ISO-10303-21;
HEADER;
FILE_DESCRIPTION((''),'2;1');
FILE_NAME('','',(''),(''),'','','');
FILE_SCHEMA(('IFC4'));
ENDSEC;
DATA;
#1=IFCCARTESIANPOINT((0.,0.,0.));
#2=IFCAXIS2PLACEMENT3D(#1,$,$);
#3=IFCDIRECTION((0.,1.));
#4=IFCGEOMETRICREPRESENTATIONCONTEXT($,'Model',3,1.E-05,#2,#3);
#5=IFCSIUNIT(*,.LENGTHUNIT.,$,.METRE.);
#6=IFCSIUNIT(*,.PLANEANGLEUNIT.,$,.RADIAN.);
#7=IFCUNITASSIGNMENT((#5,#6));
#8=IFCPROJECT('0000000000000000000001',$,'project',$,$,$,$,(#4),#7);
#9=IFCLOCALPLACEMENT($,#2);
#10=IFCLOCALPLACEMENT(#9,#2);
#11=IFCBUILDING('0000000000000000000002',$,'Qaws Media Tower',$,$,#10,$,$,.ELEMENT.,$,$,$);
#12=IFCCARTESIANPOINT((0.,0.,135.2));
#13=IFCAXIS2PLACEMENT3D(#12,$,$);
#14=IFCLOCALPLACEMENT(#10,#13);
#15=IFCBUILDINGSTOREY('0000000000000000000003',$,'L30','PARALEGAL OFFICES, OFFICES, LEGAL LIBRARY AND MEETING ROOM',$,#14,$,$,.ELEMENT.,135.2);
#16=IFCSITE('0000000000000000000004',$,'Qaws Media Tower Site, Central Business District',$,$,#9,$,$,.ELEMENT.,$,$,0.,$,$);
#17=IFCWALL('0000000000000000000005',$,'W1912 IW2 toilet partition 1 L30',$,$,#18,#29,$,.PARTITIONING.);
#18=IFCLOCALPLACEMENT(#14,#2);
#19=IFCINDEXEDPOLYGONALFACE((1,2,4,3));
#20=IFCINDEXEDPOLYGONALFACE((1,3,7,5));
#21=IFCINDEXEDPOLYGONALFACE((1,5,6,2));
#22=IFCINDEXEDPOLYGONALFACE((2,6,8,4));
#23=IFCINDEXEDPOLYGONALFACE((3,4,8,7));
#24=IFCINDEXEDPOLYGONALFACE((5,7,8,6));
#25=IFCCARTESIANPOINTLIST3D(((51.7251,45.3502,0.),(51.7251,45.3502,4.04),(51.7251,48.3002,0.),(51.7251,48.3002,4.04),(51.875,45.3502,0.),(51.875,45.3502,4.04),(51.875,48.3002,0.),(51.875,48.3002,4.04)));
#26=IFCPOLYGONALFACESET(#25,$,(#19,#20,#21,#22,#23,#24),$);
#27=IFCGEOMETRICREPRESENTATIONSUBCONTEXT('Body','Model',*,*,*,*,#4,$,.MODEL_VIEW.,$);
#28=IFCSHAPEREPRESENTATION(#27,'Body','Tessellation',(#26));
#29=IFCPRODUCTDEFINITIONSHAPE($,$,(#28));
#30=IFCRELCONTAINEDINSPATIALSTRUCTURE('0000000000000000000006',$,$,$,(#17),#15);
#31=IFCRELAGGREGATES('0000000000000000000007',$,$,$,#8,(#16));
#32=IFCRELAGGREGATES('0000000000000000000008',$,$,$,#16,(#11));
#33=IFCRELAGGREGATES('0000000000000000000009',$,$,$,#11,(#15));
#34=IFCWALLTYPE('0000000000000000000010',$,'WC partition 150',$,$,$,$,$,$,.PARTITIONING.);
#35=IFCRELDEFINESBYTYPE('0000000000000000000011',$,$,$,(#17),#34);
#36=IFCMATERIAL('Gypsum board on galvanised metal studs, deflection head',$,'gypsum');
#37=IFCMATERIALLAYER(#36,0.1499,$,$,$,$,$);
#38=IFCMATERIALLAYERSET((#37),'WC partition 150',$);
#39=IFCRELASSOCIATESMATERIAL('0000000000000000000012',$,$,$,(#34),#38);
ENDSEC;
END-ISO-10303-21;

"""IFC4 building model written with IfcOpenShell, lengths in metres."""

from ifc_helpers import new_model, si_unit, direction, frame, frame_2d, origin, place, context, subcontext, project, spatial, rectangle, extrude, material, layer, layer_set, type_object, element, save


model = new_model("IFC4")

# Units and contexts
model_context = context("Model", 3, precision=1e-05, world=origin(), true_north=direction((0.0, 1.0)))
body_context = subcontext(model_context, "Body", "Model", "MODEL_VIEW")
ifc_project = project(units=[si_unit("LENGTHUNIT", "METRE"), si_unit("PLANEANGLEUNIT", "RADIAN")], contexts=[model_context])

# Site, building, storey
site_placement = place(None, origin())
site = spatial("IfcSite", under=ifc_project, at=site_placement, Name="Qaws Media Tower Site, Central Business District", CompositionType="ELEMENT", RefElevation=0.0)
building_placement = place(site_placement, origin())
building = spatial("IfcBuilding", under=site, at=building_placement, Name="Qaws Media Tower", CompositionType="ELEMENT")
storey_placement = place(building_placement, frame((0.0, 0.0, 135.2)))
storey = spatial("IfcBuildingStorey", under=building, at=storey_placement, Name="L30", Description="PARALEGAL OFFICES, OFFICES, LEGAL LIBRARY AND MEETING ROOM", CompositionType="ELEMENT", Elevation=135.2)

# Wall
ifc_material_1 = material(Name="Gypsum board on galvanised metal studs, deflection head", Category="gypsum")
ifc_layer_1 = layer(ifc_material_1, 0.1499)
ifc_layer_set_1 = layer_set([ifc_layer_1], Name="WC partition 150")
wall_type_1 = type_object("IfcWallType", Name="WC partition 150", PredefinedType="PARTITIONING", material=ifc_layer_set_1)
wall_1_placement = place(storey_placement, frame((51.8, 45.3501, 0.0), z_axis=(0.0, 0.0, 1.0), x_axis=(0.0, 1.0, 0.0)))
element("IfcWall", 1, at=wall_1_placement, inside=storey, type_object=wall_type_1, Name="W1912 IW2 toilet partition 1 L30", PredefinedType="PARTITIONING", context=body_context, shape_type="SweptSolid", body=[
    extrude(rectangle(XDim=2.95, YDim=0.1499, at=frame_2d((1.4751, 0.0))), origin(), (0.0, 0.0, 1.0), 4.04),
])

save(model, "model.ifc")
